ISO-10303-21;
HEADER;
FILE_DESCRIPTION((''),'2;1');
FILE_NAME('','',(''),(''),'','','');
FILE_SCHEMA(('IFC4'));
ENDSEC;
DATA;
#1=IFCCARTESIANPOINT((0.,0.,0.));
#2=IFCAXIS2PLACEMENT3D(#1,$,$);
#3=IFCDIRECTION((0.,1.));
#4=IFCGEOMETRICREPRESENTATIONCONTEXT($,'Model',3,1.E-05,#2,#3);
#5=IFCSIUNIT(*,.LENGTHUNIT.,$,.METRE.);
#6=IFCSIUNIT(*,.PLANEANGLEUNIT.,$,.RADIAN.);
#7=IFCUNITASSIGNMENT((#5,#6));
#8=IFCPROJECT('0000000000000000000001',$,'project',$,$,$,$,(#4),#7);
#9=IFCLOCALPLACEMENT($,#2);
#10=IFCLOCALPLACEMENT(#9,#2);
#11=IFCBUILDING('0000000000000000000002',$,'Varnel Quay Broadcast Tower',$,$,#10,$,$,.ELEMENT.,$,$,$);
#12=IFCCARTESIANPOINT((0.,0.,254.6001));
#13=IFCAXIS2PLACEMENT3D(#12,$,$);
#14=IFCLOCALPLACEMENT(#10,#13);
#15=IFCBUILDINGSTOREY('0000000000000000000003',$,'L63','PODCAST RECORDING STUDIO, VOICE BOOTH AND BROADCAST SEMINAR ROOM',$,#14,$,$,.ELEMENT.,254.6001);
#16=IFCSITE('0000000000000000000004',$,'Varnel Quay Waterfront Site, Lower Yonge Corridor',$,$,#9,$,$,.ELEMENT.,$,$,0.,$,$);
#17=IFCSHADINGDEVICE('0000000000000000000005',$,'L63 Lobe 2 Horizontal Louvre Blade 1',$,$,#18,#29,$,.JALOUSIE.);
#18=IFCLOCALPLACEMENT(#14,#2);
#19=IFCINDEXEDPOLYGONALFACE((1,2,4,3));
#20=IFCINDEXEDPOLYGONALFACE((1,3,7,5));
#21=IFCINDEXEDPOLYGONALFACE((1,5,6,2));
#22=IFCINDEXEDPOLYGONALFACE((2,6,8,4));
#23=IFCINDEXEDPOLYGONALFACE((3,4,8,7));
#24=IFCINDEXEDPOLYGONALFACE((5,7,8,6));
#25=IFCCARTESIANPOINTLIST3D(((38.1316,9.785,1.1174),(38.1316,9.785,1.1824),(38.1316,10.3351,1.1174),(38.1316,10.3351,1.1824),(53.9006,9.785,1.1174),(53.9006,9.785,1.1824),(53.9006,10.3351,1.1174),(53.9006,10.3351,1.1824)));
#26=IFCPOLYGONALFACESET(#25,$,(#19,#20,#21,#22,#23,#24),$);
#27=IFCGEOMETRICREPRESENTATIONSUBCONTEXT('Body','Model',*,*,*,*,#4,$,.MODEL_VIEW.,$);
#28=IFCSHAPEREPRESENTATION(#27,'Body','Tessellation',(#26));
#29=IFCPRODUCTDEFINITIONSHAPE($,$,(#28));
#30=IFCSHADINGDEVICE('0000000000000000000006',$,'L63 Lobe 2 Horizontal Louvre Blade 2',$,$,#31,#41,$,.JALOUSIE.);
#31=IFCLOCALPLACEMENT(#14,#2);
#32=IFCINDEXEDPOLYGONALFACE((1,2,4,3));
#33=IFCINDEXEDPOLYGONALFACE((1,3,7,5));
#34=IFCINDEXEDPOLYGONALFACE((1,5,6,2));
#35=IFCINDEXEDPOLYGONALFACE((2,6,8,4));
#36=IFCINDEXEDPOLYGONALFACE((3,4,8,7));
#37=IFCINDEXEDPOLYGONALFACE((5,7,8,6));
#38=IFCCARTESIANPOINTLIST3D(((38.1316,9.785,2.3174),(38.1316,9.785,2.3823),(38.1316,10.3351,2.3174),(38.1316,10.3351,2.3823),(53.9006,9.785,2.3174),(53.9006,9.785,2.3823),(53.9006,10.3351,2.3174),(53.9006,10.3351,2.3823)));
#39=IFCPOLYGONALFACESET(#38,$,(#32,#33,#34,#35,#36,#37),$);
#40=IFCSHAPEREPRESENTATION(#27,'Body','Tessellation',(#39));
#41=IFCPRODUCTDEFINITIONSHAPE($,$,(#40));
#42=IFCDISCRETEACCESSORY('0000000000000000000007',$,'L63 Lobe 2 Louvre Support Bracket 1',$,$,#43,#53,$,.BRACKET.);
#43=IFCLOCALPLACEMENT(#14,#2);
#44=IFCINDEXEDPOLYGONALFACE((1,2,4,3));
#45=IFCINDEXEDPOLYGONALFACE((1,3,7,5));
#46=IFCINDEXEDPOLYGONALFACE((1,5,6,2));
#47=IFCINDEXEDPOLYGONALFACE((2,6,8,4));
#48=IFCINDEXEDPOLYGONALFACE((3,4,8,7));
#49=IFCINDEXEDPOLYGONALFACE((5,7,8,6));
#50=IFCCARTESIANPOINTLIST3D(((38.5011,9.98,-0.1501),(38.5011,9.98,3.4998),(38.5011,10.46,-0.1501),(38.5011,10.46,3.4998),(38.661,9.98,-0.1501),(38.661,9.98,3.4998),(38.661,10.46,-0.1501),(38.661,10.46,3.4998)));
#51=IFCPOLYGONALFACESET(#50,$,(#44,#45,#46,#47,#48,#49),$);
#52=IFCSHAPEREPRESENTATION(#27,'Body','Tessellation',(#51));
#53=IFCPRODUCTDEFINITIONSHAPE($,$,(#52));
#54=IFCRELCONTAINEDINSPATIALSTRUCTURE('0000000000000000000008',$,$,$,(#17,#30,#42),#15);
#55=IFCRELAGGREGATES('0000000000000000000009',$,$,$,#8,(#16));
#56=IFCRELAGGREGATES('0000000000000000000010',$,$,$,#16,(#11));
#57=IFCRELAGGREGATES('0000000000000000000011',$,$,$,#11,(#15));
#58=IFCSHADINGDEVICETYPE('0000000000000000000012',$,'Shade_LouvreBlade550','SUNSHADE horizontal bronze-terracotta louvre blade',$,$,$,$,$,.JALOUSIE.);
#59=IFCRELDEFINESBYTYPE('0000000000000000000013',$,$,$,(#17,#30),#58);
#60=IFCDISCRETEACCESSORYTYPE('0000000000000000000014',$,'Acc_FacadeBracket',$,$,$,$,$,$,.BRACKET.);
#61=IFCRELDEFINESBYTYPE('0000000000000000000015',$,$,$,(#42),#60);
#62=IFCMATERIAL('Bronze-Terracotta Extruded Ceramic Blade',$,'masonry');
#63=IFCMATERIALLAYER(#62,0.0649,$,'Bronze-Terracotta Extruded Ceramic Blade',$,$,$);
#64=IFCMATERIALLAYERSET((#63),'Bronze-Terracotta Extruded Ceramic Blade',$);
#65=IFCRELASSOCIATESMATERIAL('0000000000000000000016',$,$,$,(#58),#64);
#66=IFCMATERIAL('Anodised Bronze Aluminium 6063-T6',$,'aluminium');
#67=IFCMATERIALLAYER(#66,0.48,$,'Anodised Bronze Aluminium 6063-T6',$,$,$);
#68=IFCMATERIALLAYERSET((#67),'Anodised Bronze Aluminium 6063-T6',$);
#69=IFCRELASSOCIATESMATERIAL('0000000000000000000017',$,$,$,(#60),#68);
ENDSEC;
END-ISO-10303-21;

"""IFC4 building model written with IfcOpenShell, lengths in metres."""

from ifc_helpers import new_model, si_unit, direction, frame, origin, origin_2d, place, context, subcontext, project, spatial, rectangle, extrude, source, transform, mapped, material, layer, layer_set, type_object, type_shapes, element, save


model = new_model("IFC4")

# Units and contexts
model_context = context("Model", 3, precision=1e-05, world=origin(), true_north=direction((0.0, 1.0)))
body_context = subcontext(model_context, "Body", "Model", "MODEL_VIEW")
ifc_project = project(units=[si_unit("LENGTHUNIT", "METRE"), si_unit("PLANEANGLEUNIT", "RADIAN")], contexts=[model_context])

# Site, building, storey
site_placement = place(None, origin())
site = spatial("IfcSite", under=ifc_project, at=site_placement, Name="Varnel Quay Waterfront Site, Lower Yonge Corridor", CompositionType="ELEMENT", RefElevation=0.0)
building_placement = place(site_placement, origin())
building = spatial("IfcBuilding", under=site, at=building_placement, Name="Varnel Quay Broadcast Tower", CompositionType="ELEMENT")
storey_placement = place(building_placement, frame((0.0, 0.0, 254.6001)))
storey = spatial("IfcBuildingStorey", under=building, at=storey_placement, Name="L63", Description="PODCAST RECORDING STUDIO, VOICE BOOTH AND BROADCAST SEMINAR ROOM", CompositionType="ELEMENT", Elevation=254.6001)

# Shared definitions
ifc_material_1 = material(Name="Anodised Bronze Aluminium 6063-T6", Category="aluminium")

# Shading devices
ifc_material_2 = material(Name="Bronze-Terracotta Extruded Ceramic Blade", Category="masonry")
ifc_layer_1 = layer(ifc_material_2, 0.0649, Name="Bronze-Terracotta Extruded Ceramic Blade")
ifc_layer_set_1 = layer_set([ifc_layer_1], Name="Bronze-Terracotta Extruded Ceramic Blade")
shading_device_type = type_object("IfcShadingDeviceType", Name="Shade_LouvreBlade550", Description="SUNSHADE horizontal bronze-terracotta louvre blade", PredefinedType="JALOUSIE", material=ifc_layer_set_1)
shared_shape_1 = source(origin(), body_context, "Body", "SweptSolid", [
    extrude(rectangle(XDim=15.769, YDim=0.55, at=origin_2d()), origin(), (0.0, 0.0, 1.0), 0.0649),
])
type_shapes(shading_device_type, [shared_shape_1])
for number, where, z_axis, x_axis, name in (
    (1, (46.0161, 10.0601, 1.1174), (0.0, 0.0, 1.0), (1.0, 0.0, 0.0), "L63 Lobe 2 Horizontal Louvre Blade 1"),
    (2, (46.0161, 10.0601, 2.3174), (0.0, 0.0, 1.0), (1.0, 0.0, 0.0), "L63 Lobe 2 Horizontal Louvre Blade 2"),
):
    element("IfcShadingDevice", number, at=place(storey_placement, frame(where, z_axis=z_axis, x_axis=x_axis)), inside=storey, type_object=shading_device_type, Name=name, PredefinedType="JALOUSIE", context=body_context, shape_type="MappedRepresentation", body=[
        mapped(shared_shape_1, transform((0.0, 0.0, 0.0), x_axis=(1.0, 0.0, 0.0), y_axis=(0.0, 1.0, 0.0), z_axis=(0.0, 0.0, 1.0), scale=1.0)),
    ])

# Discrete accessory
ifc_layer_2 = layer(ifc_material_1, 0.48, Name="Anodised Bronze Aluminium 6063-T6")
ifc_layer_set_2 = layer_set([ifc_layer_2], Name="Anodised Bronze Aluminium 6063-T6")
discrete_accessory_type = type_object("IfcDiscreteAccessoryType", Name="Acc_FacadeBracket", PredefinedType="BRACKET", material=ifc_layer_set_2)
shared_shape_2 = source(origin(), body_context, "Body", "SweptSolid", [
    extrude(rectangle(XDim=0.1599, YDim=0.48, at=origin_2d()), origin(), (0.0, 0.0, 1.0), 3.6499),
])
type_shapes(discrete_accessory_type, [shared_shape_2])
discrete_accessory_placement = place(storey_placement, frame((38.5811, 10.22, -0.1501), z_axis=(0.0, 0.0, 1.0), x_axis=(1.0, 0.0, 0.0)))
element("IfcDiscreteAccessory", 3, at=discrete_accessory_placement, inside=storey, type_object=discrete_accessory_type, Name="L63 Lobe 2 Louvre Support Bracket 1", PredefinedType="BRACKET", context=body_context, shape_type="MappedRepresentation", body=[
    mapped(shared_shape_2, transform((0.0, 0.0, 0.0), x_axis=(1.0, 0.0, 0.0), y_axis=(0.0, 1.0, 0.0), z_axis=(0.0, 0.0, 1.0), scale=1.0)),
])

save(model, "model.ifc")
